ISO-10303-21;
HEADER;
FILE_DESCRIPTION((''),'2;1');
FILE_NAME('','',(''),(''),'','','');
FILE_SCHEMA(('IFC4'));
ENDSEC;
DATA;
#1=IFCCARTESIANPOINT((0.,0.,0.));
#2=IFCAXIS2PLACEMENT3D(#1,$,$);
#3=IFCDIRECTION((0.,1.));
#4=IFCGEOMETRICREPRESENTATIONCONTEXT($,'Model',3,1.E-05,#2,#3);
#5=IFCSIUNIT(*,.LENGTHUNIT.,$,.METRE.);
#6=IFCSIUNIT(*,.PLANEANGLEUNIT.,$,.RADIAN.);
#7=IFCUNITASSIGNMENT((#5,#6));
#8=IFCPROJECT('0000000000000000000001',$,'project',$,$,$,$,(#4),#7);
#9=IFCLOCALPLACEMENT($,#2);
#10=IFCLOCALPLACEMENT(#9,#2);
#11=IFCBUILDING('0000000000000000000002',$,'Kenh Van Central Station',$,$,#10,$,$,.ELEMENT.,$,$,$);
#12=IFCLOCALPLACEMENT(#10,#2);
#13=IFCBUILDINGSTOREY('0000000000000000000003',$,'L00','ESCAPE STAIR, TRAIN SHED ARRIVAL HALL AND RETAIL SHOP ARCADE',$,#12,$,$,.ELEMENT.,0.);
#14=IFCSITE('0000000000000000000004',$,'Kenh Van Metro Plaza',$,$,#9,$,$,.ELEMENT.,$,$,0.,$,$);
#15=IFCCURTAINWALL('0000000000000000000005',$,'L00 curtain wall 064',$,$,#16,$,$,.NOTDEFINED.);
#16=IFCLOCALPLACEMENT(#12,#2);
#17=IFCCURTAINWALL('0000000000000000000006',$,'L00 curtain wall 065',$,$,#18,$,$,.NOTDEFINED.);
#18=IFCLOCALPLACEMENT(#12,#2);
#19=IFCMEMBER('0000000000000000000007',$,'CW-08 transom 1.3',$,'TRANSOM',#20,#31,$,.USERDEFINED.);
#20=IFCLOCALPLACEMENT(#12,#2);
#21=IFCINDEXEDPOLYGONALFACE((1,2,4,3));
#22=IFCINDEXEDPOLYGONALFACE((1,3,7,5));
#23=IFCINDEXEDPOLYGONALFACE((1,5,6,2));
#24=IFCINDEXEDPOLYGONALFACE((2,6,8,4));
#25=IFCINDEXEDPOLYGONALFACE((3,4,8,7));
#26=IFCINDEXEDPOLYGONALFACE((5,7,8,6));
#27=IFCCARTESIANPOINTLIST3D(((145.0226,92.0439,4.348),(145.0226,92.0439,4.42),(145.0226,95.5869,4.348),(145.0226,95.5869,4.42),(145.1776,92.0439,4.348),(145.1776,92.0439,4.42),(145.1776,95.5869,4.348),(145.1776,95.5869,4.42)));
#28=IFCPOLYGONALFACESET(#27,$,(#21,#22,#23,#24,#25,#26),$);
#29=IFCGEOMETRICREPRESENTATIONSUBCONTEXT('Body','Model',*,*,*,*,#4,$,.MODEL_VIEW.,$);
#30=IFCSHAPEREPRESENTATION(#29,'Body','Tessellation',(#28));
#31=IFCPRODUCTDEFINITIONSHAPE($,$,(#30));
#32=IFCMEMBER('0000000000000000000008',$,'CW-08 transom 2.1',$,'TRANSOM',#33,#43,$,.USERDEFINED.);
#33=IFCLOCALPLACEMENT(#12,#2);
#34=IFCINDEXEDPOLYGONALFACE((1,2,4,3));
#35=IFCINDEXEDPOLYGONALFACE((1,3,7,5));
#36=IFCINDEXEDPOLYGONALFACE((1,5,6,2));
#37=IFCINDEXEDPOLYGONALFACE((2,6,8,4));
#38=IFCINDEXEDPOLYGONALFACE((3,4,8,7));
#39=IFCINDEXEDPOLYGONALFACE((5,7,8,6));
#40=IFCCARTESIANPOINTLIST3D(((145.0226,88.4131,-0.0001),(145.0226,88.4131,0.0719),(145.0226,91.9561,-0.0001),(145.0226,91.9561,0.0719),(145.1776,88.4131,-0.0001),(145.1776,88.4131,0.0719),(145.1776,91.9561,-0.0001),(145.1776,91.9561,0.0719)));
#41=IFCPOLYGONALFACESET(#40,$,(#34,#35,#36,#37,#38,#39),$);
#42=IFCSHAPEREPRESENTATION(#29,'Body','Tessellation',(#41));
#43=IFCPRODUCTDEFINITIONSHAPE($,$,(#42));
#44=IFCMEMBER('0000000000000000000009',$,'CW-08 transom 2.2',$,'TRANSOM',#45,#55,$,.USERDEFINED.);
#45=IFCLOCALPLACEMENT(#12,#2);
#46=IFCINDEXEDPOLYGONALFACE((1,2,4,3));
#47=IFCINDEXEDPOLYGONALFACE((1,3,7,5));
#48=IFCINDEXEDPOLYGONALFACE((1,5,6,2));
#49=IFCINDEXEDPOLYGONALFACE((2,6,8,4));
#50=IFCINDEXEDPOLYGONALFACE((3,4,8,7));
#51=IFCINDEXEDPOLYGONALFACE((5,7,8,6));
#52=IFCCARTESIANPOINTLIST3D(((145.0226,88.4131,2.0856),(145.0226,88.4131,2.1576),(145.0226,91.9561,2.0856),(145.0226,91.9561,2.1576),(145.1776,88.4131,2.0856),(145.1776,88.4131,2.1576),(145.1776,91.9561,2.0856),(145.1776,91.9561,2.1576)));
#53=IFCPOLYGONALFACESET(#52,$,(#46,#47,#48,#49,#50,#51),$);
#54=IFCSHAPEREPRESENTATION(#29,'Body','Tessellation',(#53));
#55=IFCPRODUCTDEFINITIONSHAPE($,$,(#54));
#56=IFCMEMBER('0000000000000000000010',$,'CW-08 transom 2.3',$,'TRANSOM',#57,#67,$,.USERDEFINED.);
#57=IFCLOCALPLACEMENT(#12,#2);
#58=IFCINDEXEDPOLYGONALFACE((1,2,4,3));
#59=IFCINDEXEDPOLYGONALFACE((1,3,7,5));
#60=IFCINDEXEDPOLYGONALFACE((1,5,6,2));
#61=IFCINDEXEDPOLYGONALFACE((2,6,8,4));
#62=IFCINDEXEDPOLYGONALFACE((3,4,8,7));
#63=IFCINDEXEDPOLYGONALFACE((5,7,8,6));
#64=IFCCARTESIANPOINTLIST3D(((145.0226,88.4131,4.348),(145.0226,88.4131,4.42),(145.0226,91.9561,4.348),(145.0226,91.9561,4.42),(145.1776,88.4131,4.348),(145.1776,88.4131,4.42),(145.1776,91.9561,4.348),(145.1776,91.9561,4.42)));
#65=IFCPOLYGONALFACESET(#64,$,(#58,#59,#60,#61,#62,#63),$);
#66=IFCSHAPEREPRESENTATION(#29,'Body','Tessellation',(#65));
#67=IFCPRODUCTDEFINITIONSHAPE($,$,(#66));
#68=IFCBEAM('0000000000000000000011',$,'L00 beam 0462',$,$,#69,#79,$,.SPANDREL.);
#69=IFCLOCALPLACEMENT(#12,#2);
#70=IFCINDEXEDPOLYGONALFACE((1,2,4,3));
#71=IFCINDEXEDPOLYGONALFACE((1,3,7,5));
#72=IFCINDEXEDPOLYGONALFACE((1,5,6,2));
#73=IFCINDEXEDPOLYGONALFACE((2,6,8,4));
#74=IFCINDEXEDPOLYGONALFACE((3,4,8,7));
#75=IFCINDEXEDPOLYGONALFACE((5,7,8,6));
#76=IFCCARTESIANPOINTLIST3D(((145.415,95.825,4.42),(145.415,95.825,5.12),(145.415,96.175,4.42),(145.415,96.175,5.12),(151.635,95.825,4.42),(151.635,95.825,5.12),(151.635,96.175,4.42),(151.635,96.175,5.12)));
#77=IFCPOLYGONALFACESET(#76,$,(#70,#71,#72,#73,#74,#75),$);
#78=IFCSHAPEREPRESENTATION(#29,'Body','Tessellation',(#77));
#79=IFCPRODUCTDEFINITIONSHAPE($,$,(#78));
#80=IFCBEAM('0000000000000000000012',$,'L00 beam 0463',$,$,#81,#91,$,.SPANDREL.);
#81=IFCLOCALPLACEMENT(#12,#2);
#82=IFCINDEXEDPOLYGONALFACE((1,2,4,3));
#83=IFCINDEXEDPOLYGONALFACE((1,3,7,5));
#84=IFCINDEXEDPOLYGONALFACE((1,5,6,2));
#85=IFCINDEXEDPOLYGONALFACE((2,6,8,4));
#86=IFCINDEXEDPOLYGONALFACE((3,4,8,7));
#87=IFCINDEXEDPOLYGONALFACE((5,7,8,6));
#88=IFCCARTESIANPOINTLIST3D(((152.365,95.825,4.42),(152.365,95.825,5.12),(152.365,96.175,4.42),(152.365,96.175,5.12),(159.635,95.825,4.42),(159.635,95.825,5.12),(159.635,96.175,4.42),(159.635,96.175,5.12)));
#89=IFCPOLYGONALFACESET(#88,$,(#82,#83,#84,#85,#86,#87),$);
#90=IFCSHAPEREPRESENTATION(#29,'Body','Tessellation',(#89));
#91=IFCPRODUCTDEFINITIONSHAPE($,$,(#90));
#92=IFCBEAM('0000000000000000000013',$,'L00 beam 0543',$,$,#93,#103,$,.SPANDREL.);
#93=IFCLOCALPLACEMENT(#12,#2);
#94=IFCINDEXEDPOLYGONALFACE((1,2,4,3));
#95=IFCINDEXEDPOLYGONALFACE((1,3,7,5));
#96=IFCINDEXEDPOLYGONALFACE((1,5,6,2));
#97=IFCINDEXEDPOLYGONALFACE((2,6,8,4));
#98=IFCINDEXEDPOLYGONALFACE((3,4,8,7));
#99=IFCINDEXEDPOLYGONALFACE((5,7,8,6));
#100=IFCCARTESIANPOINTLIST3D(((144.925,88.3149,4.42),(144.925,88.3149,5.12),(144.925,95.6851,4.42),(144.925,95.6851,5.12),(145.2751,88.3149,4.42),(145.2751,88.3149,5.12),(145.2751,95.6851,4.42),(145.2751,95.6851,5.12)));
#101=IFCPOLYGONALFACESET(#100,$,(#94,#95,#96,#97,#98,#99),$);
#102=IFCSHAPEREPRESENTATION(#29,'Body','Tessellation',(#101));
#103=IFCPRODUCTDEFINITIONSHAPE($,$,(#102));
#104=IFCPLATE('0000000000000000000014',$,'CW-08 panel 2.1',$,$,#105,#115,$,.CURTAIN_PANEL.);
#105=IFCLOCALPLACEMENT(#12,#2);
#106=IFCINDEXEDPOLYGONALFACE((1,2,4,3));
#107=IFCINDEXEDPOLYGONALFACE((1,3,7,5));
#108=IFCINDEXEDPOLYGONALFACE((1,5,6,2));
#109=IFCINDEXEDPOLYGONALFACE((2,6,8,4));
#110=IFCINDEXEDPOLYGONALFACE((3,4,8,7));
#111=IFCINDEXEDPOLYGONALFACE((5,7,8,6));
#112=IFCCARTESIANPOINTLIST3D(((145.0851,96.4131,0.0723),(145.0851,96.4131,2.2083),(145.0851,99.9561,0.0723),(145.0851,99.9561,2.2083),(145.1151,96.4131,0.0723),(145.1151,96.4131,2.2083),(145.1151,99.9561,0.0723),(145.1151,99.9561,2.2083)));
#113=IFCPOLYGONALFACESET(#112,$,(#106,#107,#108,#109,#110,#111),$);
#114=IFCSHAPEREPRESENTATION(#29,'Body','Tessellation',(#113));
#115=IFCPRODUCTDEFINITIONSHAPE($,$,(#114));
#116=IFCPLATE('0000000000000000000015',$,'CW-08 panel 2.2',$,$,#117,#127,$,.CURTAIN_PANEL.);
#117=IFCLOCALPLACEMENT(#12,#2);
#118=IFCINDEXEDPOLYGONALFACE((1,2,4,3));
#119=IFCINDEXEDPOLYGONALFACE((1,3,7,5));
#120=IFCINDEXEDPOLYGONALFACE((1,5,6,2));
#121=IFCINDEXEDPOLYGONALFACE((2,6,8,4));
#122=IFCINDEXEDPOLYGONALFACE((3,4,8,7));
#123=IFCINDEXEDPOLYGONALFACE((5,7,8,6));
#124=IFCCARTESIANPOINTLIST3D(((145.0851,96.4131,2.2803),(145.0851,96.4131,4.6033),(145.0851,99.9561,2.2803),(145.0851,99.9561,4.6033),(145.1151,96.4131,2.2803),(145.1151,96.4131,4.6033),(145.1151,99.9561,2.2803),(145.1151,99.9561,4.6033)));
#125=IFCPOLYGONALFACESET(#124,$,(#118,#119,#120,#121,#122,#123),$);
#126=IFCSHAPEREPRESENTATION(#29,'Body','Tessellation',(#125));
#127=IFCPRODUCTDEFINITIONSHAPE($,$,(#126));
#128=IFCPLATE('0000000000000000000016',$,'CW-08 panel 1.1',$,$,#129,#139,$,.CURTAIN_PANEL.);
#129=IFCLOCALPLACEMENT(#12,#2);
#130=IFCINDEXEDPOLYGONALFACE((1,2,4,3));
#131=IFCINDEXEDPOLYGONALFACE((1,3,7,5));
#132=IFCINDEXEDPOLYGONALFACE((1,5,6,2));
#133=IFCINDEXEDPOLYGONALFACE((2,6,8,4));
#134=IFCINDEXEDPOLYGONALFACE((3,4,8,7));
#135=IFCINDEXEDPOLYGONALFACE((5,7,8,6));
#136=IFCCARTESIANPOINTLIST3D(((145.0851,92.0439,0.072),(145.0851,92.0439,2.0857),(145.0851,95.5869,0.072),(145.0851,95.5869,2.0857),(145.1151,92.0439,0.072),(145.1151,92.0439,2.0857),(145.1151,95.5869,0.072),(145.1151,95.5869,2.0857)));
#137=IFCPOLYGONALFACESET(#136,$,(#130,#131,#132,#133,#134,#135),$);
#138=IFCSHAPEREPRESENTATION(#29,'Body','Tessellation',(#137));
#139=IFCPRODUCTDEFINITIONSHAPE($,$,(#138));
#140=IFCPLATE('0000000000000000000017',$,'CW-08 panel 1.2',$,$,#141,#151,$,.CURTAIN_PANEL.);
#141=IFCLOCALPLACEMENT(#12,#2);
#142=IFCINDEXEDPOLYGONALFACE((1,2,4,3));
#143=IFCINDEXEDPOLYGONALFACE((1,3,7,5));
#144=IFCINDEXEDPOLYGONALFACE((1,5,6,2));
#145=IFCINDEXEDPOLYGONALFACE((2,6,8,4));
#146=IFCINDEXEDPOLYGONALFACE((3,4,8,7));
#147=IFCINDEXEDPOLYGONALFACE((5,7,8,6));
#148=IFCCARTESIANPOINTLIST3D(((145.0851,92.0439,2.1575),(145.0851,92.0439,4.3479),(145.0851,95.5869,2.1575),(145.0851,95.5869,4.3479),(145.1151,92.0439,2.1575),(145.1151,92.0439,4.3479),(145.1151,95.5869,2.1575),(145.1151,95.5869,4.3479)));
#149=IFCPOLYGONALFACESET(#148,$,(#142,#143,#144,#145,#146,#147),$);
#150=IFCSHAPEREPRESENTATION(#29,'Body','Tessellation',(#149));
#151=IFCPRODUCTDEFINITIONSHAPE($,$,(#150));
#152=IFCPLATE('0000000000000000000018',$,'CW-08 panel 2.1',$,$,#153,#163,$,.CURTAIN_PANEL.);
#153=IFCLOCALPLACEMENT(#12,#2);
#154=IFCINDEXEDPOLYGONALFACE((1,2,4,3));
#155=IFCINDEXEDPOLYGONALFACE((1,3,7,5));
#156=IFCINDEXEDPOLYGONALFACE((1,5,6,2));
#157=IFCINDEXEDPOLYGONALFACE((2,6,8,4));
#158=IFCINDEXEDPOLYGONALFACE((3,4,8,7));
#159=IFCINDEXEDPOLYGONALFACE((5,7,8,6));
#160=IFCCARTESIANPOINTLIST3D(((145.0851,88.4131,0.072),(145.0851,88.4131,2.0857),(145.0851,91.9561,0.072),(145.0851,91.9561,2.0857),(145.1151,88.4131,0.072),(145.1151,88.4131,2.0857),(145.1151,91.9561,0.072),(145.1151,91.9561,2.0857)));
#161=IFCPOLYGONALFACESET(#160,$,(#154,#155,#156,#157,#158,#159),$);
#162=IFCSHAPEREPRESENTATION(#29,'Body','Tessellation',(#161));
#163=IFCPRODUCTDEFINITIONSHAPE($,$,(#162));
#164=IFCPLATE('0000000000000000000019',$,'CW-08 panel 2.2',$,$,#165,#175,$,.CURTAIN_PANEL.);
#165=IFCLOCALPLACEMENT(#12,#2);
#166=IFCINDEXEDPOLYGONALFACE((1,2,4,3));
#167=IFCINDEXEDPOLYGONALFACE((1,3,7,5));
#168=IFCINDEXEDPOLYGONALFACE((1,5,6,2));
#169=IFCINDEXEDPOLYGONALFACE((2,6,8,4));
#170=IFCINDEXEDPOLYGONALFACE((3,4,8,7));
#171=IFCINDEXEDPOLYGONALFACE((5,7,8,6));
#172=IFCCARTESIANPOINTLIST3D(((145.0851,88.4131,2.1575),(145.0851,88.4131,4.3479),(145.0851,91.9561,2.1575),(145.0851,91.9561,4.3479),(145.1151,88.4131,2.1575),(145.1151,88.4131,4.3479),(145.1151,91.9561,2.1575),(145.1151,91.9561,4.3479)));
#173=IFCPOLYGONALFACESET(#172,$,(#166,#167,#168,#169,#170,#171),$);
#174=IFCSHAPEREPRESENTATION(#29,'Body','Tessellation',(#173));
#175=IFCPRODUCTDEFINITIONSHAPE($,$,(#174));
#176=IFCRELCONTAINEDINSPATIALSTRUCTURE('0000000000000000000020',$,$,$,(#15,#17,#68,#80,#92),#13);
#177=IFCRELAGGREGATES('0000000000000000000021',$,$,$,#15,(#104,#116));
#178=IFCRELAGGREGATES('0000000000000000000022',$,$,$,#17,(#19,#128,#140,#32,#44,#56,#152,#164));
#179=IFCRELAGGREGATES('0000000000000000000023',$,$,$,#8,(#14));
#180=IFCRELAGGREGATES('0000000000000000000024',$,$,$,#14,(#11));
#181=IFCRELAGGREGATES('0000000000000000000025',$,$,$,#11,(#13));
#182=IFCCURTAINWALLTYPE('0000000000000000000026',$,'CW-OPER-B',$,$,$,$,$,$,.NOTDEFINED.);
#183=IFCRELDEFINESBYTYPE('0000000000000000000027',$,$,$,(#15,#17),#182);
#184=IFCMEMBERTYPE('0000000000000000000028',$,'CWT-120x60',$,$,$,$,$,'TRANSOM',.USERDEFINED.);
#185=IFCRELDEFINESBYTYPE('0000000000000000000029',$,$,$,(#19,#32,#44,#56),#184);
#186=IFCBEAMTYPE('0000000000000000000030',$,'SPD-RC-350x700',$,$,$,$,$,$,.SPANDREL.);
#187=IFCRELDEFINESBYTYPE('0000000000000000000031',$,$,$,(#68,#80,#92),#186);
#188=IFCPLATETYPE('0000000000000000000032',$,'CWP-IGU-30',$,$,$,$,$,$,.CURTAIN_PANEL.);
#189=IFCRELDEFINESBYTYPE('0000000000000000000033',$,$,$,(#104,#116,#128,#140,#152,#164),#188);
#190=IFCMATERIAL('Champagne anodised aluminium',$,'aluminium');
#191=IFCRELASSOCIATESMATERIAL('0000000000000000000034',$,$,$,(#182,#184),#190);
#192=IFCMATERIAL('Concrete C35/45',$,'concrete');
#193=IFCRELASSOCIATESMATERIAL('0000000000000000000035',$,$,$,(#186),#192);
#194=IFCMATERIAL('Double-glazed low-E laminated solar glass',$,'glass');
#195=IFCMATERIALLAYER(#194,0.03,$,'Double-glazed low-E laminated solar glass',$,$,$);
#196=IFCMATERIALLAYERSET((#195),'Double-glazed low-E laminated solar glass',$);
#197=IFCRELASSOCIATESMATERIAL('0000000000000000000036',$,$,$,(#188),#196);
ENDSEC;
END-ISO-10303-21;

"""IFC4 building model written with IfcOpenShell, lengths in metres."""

from ifc_helpers import new_model, si_unit, direction, frame, origin, origin_2d, place, context, subcontext, project, spatial, rectangle, extrude, material, layer, layer_set, material_profile, profile_set, type_object, element, aggregate, save


model = new_model("IFC4")

# Units and contexts
model_context = context("Model", 3, precision=1e-05, world=origin(), true_north=direction((0.0, 1.0)))
body_context = subcontext(model_context, "Body", "Model", "MODEL_VIEW")
ifc_project = project(units=[si_unit("LENGTHUNIT", "METRE"), si_unit("PLANEANGLEUNIT", "RADIAN")], contexts=[model_context])

# Site, building, storey
site_placement = place(None, origin())
site = spatial("IfcSite", under=ifc_project, at=site_placement, Name="Kenh Van Metro Plaza", CompositionType="ELEMENT", RefElevation=0.0)
building_placement = place(site_placement, origin())
building = spatial("IfcBuilding", under=site, at=building_placement, Name="Kenh Van Central Station", CompositionType="ELEMENT")
storey_placement = place(building_placement, origin())
storey = spatial("IfcBuildingStorey", under=building, at=storey_placement, Name="L00", Description="ESCAPE STAIR, TRAIN SHED ARRIVAL HALL AND RETAIL SHOP ARCADE", CompositionType="ELEMENT", Elevation=0.0)

# Shared definitions
ifc_material_1 = material(Name="Concrete C35/45", Category="concrete")

# Curtain wall
ifc_material_2 = material(Name="Champagne anodised aluminium", Category="aluminium")
curtain_wall_type = type_object("IfcCurtainWallType", Name="CW-OPER-B", PredefinedType="NOTDEFINED", material=ifc_material_2)
curtain_wall_1_placement = place(storey_placement, origin())
curtain_wall_1 = element("IfcCurtainWall", 1, at=curtain_wall_1_placement, inside=storey, type_object=curtain_wall_type, Name="L00 curtain wall 064", PredefinedType="NOTDEFINED")

# Curtain wall, members
curtain_wall_2_placement = place(storey_placement, origin())
curtain_wall_2 = element("IfcCurtainWall", 2, at=curtain_wall_2_placement, inside=storey, type_object=curtain_wall_type, Name="L00 curtain wall 065", PredefinedType="NOTDEFINED")
ifc_material_profile_1 = material_profile(ifc_material_2, rectangle(XDim=0.155, YDim=0.072, at=origin_2d()), Name="AL 155x72")
ifc_profile_set_1 = profile_set([ifc_material_profile_1], Name="Champagne anodised aluminium")
member_type_1 = type_object("IfcMemberType", Name="CWT-120x60", ElementType="TRANSOM", PredefinedType="USERDEFINED", material=ifc_profile_set_1)
member_1_placement = place(storey_placement, frame((145.1001, 95.5869, 4.384), z_axis=(0.0, -1.0, 0.0), x_axis=(1.0, 0.0, 0.0)))
member_1 = element("IfcMember", 3, at=member_1_placement, type_object=member_type_1, Name="CW-08 transom 1.3", ObjectType="TRANSOM", PredefinedType="USERDEFINED", context=body_context, shape_type="SweptSolid", body=[
    extrude(rectangle(XDim=0.155, YDim=0.072, at=origin_2d()), origin(), (0.0, 0.0, 1.0), 3.543),
])
member_2_placement = place(storey_placement, frame((145.1001, 91.9561, 0.0359), z_axis=(0.0, -1.0, 0.0), x_axis=(1.0, 0.0, 0.0)))
member_2 = element("IfcMember", 4, at=member_2_placement, type_object=member_type_1, Name="CW-08 transom 2.1", ObjectType="TRANSOM", PredefinedType="USERDEFINED", context=body_context, shape_type="SweptSolid", body=[
    extrude(rectangle(XDim=0.155, YDim=0.072, at=origin_2d()), origin(), (0.0, 0.0, 1.0), 3.543),
])
member_3_placement = place(storey_placement, frame((145.1001, 91.9561, 2.1216), z_axis=(0.0, -1.0, 0.0), x_axis=(1.0, 0.0, 0.0)))
member_3 = element("IfcMember", 5, at=member_3_placement, type_object=member_type_1, Name="CW-08 transom 2.2", ObjectType="TRANSOM", PredefinedType="USERDEFINED", context=body_context, shape_type="SweptSolid", body=[
    extrude(rectangle(XDim=0.155, YDim=0.072, at=origin_2d()), origin(), (0.0, 0.0, 1.0), 3.543),
])
member_4_placement = place(storey_placement, frame((145.1001, 91.9561, 4.384), z_axis=(0.0, -1.0, 0.0), x_axis=(1.0, 0.0, 0.0)))
member_4 = element("IfcMember", 6, at=member_4_placement, type_object=member_type_1, Name="CW-08 transom 2.3", ObjectType="TRANSOM", PredefinedType="USERDEFINED", context=body_context, shape_type="SweptSolid", body=[
    extrude(rectangle(XDim=0.155, YDim=0.072, at=origin_2d()), origin(), (0.0, 0.0, 1.0), 3.543),
])

# Beams
ifc_material_profile_2 = material_profile(ifc_material_1, rectangle(XDim=0.3501, YDim=0.7, at=origin_2d()), Name="RC 350x700")
ifc_profile_set_2 = profile_set([ifc_material_profile_2], Name="Concrete C35/45")
beam_type_1 = type_object("IfcBeamType", Name="SPD-RC-350x700", PredefinedType="SPANDREL", material=ifc_profile_set_2)
beam_1_placement = place(storey_placement, frame((145.415, 96.0, 4.77), z_axis=(1.0, 0.0, 0.0), x_axis=(0.0, 1.0, 0.0)))
element("IfcBeam", 7, at=beam_1_placement, inside=storey, type_object=beam_type_1, Name="L00 beam 0462", PredefinedType="SPANDREL", context=body_context, shape_type="SweptSolid", body=[
    extrude(rectangle(XDim=0.3501, YDim=0.7, at=origin_2d()), origin(), (0.0, 0.0, 1.0), 6.22),
])
beam_2_placement = place(storey_placement, frame((152.365, 96.0, 4.77), z_axis=(1.0, 0.0, 0.0), x_axis=(0.0, 1.0, 0.0)))
element("IfcBeam", 8, at=beam_2_placement, inside=storey, type_object=beam_type_1, Name="L00 beam 0463", PredefinedType="SPANDREL", context=body_context, shape_type="SweptSolid", body=[
    extrude(rectangle(XDim=0.3501, YDim=0.7, at=origin_2d()), origin(), (0.0, 0.0, 1.0), 7.27),
])
beam_3_placement = place(storey_placement, frame((145.1001, 88.3149, 4.77), z_axis=(0.0, 1.0, 0.0), x_axis=(-1.0, 0.0, 0.0)))
element("IfcBeam", 9, at=beam_3_placement, inside=storey, type_object=beam_type_1, Name="L00 beam 0543", PredefinedType="SPANDREL", context=body_context, shape_type="SweptSolid", body=[
    extrude(rectangle(XDim=0.3501, YDim=0.7, at=origin_2d()), origin(), (0.0, 0.0, 1.0), 7.3701),
])

# Plates
ifc_material_3 = material(Name="Double-glazed low-E laminated solar glass", Category="glass")
ifc_layer_1 = layer(ifc_material_3, 0.03, Name="Double-glazed low-E laminated solar glass")
ifc_layer_set_1 = layer_set([ifc_layer_1], Name="Double-glazed low-E laminated solar glass")
plate_type = type_object("IfcPlateType", Name="CWP-IGU-30", PredefinedType="CURTAIN_PANEL", material=ifc_layer_set_1)
plate_1_placement = place(storey_placement, frame((145.1001, 98.1846, 0.0723), z_axis=(0.0, 0.0, 1.0), x_axis=(0.0, -1.0, 0.0)))
plate_1 = element("IfcPlate", 10, at=plate_1_placement, type_object=plate_type, Name="CW-08 panel 2.1", PredefinedType="CURTAIN_PANEL", context=body_context, shape_type="SweptSolid", body=[
    extrude(rectangle(XDim=3.543, YDim=0.03, at=origin_2d()), origin(), (0.0, 0.0, 1.0), 2.136),
])
plate_2_placement = place(storey_placement, frame((145.1001, 98.1846, 2.2803), z_axis=(0.0, 0.0, 1.0), x_axis=(0.0, -1.0, 0.0)))
plate_2 = element("IfcPlate", 11, at=plate_2_placement, type_object=plate_type, Name="CW-08 panel 2.2", PredefinedType="CURTAIN_PANEL", context=body_context, shape_type="SweptSolid", body=[
    extrude(rectangle(XDim=3.543, YDim=0.03, at=origin_2d()), origin(), (0.0, 0.0, 1.0), 2.323),
])
aggregate(curtain_wall_1, [plate_1, plate_2])
plate_3_placement = place(storey_placement, frame((145.1001, 93.8154, 0.072), z_axis=(0.0, 0.0, 1.0), x_axis=(0.0, -1.0, 0.0)))
plate_3 = element("IfcPlate", 12, at=plate_3_placement, type_object=plate_type, Name="CW-08 panel 1.1", PredefinedType="CURTAIN_PANEL", context=body_context, shape_type="SweptSolid", body=[
    extrude(rectangle(XDim=3.543, YDim=0.03, at=origin_2d()), origin(), (0.0, 0.0, 1.0), 2.0137),
])
plate_4_placement = place(storey_placement, frame((145.1001, 93.8154, 2.1575), z_axis=(0.0, 0.0, 1.0), x_axis=(0.0, -1.0, 0.0)))
plate_4 = element("IfcPlate", 13, at=plate_4_placement, type_object=plate_type, Name="CW-08 panel 1.2", PredefinedType="CURTAIN_PANEL", context=body_context, shape_type="SweptSolid", body=[
    extrude(rectangle(XDim=3.543, YDim=0.03, at=origin_2d()), origin(), (0.0, 0.0, 1.0), 2.1904),
])
plate_5_placement = place(storey_placement, frame((145.1001, 90.1846, 0.072), z_axis=(0.0, 0.0, 1.0), x_axis=(0.0, -1.0, 0.0)))
plate_5 = element("IfcPlate", 14, at=plate_5_placement, type_object=plate_type, Name="CW-08 panel 2.1", PredefinedType="CURTAIN_PANEL", context=body_context, shape_type="SweptSolid", body=[
    extrude(rectangle(XDim=3.543, YDim=0.03, at=origin_2d()), origin(), (0.0, 0.0, 1.0), 2.0137),
])
plate_6_placement = place(storey_placement, frame((145.1001, 90.1846, 2.1575), z_axis=(0.0, 0.0, 1.0), x_axis=(0.0, -1.0, 0.0)))
plate_6 = element("IfcPlate", 15, at=plate_6_placement, type_object=plate_type, Name="CW-08 panel 2.2", PredefinedType="CURTAIN_PANEL", context=body_context, shape_type="SweptSolid", body=[
    extrude(rectangle(XDim=3.543, YDim=0.03, at=origin_2d()), origin(), (0.0, 0.0, 1.0), 2.1904),
])
aggregate(curtain_wall_2, [member_1, plate_3, plate_4, member_2, member_3, member_4, plate_5, plate_6])

save(model, "model.ifc")
